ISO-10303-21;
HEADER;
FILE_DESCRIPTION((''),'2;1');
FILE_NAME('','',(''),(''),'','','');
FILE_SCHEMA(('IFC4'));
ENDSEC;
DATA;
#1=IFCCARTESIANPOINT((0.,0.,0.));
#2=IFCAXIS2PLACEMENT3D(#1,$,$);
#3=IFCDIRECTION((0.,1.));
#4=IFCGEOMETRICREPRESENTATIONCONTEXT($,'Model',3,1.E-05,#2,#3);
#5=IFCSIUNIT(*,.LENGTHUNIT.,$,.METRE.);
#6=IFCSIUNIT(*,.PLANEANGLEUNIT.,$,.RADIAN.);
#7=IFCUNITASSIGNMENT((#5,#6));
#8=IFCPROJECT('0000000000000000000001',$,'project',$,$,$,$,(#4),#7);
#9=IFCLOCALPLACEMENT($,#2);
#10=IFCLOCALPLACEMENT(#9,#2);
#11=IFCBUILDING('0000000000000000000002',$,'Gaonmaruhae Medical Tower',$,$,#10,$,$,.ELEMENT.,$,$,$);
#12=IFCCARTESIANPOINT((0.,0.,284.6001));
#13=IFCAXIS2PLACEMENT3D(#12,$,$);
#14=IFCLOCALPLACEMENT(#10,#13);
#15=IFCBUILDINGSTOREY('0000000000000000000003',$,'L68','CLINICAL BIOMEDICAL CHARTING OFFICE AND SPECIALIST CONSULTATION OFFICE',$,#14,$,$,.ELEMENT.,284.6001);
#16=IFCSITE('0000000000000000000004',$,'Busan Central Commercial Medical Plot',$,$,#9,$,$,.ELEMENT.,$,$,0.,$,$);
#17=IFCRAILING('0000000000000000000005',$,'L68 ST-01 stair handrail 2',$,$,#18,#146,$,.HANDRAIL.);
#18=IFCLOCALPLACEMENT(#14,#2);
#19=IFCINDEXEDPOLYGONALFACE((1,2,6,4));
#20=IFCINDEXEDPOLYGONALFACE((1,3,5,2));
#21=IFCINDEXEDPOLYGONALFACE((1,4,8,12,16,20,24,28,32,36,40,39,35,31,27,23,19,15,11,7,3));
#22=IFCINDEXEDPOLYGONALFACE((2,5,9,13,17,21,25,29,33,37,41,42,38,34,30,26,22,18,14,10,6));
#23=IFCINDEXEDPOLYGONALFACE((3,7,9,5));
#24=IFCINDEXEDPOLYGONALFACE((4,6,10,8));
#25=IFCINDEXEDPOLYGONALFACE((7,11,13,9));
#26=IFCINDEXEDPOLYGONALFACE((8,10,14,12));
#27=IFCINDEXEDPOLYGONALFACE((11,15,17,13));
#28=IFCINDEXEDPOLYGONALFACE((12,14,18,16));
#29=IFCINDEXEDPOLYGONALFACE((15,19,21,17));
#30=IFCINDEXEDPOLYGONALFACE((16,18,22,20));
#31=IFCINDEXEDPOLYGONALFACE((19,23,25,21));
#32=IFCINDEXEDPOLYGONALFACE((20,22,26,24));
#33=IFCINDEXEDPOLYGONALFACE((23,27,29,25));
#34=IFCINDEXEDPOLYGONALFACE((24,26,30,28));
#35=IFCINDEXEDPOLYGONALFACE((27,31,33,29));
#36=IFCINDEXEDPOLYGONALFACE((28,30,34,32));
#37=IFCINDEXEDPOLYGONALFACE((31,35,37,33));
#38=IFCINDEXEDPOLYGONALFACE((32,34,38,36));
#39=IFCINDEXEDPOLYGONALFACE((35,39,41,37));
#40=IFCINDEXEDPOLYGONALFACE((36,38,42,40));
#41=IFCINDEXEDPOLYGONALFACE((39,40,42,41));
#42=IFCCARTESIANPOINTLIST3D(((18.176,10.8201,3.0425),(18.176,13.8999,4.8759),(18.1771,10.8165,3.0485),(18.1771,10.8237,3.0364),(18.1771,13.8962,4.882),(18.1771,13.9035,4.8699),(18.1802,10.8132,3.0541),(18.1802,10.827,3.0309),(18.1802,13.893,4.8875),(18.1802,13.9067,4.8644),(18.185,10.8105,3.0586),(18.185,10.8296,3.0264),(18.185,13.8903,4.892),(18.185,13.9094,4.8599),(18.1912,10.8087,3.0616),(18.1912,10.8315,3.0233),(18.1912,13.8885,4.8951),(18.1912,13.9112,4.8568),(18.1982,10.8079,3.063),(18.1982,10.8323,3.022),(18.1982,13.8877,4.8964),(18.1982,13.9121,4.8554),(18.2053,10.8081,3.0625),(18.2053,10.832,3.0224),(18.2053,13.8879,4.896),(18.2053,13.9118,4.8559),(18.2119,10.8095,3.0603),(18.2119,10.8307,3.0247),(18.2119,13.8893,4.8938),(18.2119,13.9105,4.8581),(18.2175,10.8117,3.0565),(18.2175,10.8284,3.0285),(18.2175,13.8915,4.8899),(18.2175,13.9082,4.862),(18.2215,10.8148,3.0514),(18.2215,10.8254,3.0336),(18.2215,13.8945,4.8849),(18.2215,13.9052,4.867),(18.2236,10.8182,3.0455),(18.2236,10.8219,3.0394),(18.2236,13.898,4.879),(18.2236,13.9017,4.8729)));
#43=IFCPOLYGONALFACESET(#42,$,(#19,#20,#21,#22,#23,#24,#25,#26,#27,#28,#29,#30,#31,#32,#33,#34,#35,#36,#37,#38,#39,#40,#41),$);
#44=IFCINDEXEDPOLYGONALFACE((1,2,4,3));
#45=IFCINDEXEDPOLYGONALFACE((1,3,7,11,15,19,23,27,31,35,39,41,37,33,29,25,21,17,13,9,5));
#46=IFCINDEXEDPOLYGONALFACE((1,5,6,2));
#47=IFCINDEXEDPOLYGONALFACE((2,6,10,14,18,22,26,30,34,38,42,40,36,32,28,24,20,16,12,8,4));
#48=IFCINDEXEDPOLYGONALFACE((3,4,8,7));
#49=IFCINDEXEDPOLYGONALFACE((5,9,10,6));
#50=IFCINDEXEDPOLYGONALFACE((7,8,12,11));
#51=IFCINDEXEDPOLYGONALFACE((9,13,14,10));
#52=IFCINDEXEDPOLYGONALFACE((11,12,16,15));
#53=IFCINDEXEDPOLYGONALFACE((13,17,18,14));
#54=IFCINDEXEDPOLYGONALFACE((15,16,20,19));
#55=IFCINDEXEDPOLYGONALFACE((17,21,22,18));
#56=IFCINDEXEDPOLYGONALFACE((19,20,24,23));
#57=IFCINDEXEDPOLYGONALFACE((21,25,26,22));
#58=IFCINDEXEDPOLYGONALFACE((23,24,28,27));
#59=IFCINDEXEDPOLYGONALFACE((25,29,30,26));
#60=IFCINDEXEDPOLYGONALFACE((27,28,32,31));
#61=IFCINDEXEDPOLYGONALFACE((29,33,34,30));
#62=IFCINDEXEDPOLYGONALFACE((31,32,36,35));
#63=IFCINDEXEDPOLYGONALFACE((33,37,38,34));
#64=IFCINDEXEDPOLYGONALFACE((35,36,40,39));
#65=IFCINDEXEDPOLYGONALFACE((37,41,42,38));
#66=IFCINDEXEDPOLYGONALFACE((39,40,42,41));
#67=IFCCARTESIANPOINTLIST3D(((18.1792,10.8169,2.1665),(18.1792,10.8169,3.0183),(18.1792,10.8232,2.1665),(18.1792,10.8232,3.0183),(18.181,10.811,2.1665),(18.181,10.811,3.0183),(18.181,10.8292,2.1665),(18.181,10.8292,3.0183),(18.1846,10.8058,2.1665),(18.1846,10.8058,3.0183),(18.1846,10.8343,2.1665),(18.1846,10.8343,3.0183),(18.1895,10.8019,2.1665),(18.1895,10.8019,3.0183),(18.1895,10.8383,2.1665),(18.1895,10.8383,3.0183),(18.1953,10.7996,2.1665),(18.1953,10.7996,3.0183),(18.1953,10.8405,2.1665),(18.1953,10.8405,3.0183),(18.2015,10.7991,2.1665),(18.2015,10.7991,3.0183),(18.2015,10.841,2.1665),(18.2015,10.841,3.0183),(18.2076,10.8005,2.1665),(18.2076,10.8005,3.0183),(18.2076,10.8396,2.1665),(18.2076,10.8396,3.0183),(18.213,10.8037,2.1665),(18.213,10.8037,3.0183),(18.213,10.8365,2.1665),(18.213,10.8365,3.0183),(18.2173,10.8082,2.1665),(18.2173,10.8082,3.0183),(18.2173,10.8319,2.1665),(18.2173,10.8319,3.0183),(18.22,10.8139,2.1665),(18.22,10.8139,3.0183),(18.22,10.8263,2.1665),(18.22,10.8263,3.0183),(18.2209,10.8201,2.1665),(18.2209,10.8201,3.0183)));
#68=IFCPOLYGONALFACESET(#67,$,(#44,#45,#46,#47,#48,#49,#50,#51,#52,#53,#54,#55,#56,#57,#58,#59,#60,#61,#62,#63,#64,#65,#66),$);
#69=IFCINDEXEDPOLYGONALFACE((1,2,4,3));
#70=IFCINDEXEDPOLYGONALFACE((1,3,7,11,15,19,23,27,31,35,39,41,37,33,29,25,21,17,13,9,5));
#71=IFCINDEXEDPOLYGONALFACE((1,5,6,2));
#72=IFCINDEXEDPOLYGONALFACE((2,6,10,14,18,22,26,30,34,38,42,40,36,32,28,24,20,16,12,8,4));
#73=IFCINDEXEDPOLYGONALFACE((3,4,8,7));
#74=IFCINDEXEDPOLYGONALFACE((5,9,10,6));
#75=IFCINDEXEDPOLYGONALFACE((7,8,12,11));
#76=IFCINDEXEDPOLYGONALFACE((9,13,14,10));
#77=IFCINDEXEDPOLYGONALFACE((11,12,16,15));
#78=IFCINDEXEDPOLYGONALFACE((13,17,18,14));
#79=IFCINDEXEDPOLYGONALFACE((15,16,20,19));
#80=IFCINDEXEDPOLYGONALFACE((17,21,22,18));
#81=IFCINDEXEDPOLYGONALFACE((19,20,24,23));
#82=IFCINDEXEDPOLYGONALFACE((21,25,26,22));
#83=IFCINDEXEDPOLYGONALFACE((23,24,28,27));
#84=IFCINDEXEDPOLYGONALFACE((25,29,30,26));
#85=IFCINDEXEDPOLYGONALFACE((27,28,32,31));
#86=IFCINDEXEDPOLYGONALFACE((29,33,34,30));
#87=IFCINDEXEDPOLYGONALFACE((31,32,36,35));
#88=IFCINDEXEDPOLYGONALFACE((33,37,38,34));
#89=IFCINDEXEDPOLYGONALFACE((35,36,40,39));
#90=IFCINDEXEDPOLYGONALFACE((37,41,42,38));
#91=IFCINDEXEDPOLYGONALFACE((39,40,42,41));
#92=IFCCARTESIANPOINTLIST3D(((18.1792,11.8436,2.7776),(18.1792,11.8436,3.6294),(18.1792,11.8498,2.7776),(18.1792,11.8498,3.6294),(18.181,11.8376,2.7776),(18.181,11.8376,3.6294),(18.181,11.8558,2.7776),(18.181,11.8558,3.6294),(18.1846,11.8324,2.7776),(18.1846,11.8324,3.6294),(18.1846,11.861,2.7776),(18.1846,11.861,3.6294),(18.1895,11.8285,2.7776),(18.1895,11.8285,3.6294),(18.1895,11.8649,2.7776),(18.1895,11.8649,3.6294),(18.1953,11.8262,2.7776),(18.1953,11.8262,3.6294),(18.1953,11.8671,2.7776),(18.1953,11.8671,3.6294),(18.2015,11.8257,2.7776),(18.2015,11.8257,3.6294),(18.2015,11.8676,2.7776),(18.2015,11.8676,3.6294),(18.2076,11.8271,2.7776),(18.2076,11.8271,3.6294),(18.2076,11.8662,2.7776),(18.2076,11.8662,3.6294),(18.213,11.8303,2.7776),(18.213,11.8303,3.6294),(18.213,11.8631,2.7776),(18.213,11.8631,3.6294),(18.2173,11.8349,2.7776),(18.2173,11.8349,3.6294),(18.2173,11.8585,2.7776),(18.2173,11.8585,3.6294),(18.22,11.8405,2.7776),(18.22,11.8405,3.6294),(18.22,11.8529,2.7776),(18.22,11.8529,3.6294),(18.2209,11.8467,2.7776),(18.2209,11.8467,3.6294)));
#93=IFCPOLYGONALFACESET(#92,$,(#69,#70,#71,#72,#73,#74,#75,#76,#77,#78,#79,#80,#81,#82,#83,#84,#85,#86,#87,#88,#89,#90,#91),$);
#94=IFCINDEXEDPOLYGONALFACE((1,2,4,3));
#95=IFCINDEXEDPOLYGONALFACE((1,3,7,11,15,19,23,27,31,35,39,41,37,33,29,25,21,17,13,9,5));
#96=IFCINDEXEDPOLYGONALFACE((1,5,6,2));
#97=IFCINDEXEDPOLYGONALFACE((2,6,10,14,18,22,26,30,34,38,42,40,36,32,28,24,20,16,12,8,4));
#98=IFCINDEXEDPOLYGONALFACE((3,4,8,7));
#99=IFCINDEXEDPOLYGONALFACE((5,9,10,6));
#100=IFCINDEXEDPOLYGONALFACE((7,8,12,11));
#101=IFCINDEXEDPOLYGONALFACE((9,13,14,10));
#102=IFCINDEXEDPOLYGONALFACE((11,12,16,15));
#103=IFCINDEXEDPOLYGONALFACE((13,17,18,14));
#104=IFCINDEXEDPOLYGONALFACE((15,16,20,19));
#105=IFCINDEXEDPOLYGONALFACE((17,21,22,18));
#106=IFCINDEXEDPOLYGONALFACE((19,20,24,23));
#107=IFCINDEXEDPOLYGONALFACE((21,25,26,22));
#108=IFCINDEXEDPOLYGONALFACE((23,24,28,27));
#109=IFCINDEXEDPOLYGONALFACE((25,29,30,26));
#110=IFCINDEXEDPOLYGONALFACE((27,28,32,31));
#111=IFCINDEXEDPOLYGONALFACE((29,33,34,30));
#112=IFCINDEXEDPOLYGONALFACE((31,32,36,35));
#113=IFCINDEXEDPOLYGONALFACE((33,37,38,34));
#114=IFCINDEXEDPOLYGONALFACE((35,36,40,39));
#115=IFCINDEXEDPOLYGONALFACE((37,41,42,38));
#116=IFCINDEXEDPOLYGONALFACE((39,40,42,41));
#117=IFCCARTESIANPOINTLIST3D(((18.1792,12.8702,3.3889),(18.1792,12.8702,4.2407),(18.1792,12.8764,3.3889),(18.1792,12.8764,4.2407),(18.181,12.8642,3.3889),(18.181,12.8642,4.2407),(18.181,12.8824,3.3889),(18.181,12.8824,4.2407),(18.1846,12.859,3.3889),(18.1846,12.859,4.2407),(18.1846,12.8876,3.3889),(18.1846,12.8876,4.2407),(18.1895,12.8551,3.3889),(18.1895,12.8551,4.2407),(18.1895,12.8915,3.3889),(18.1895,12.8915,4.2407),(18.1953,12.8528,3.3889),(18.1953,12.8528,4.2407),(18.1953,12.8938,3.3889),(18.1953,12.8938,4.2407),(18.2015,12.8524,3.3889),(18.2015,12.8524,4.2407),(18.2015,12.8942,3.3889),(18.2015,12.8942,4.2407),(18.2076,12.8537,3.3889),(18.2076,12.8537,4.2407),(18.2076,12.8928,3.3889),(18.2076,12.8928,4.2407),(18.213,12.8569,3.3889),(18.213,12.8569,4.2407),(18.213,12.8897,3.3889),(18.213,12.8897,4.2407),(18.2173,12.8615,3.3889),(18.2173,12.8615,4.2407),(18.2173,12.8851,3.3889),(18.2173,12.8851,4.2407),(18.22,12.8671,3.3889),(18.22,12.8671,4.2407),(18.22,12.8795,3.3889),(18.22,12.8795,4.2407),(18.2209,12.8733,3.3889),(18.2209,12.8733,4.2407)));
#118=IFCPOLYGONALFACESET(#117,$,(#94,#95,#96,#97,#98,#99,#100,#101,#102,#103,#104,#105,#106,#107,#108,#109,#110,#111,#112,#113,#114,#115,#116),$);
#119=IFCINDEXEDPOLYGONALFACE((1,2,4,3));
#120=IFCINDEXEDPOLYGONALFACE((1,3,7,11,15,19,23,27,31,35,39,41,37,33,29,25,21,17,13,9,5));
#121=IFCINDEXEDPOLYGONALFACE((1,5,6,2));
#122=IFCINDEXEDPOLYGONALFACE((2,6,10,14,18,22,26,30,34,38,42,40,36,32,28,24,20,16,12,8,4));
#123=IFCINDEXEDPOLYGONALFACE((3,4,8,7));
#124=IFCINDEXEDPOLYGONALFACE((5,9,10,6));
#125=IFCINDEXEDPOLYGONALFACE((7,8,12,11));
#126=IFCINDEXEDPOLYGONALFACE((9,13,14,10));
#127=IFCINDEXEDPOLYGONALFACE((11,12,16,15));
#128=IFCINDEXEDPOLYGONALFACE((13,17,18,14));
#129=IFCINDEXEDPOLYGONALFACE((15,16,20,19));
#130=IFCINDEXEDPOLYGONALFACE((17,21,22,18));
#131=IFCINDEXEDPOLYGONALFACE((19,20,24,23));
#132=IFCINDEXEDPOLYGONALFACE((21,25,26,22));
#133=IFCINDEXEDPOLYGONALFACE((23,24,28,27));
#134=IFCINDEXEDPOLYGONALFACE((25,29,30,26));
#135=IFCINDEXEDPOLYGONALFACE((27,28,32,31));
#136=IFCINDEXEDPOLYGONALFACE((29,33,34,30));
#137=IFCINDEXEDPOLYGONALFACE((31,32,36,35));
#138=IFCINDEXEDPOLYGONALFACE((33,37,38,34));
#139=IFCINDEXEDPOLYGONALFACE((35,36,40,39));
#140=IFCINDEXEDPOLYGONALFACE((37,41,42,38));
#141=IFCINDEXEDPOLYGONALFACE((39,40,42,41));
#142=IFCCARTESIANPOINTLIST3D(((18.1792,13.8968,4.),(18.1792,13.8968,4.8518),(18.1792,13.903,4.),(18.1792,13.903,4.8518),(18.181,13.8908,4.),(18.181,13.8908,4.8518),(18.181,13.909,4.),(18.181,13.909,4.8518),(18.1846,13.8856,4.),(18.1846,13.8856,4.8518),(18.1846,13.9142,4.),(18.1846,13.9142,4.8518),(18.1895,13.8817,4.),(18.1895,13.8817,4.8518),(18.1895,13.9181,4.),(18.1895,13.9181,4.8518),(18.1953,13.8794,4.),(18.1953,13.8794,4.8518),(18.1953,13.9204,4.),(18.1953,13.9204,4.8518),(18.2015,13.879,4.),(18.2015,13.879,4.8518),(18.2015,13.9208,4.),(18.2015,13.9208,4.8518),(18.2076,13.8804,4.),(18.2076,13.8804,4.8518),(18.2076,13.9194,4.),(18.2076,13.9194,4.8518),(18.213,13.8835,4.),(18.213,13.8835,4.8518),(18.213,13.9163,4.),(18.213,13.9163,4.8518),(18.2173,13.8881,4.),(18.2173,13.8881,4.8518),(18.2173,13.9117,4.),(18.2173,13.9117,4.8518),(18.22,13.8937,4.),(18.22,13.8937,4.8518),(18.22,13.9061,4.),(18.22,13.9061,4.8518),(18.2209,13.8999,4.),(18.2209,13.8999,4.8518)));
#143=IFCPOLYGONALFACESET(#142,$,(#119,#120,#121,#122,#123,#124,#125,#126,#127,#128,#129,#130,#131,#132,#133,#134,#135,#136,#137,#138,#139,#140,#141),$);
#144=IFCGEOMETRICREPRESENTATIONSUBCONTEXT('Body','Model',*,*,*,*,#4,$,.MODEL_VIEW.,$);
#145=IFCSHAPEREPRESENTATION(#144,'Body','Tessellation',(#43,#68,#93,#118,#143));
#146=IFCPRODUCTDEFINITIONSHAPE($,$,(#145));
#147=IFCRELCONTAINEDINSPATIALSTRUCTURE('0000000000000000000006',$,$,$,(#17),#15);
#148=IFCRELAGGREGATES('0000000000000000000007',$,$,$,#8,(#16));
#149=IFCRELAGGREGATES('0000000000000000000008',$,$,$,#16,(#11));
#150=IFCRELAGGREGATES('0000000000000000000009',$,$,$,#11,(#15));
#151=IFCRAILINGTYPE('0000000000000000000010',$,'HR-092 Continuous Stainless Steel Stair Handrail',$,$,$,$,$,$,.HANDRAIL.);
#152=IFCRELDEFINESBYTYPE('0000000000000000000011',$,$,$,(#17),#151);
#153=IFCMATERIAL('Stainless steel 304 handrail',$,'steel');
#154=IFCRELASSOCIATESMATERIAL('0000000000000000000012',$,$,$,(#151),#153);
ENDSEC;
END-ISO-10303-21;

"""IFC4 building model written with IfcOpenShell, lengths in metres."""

from ifc_helpers import new_model, si_unit, direction, frame, origin, origin_2d, place, context, subcontext, project, spatial, circle, extrude, material, type_object, element, save


model = new_model("IFC4")

# Units and contexts
model_context = context("Model", 3, precision=1e-05, world=origin(), true_north=direction((0.0, 1.0)))
body_context = subcontext(model_context, "Body", "Model", "MODEL_VIEW")
ifc_project = project(units=[si_unit("LENGTHUNIT", "METRE"), si_unit("PLANEANGLEUNIT", "RADIAN")], contexts=[model_context])

# Site, building, storey
site_placement = place(None, origin())
site = spatial("IfcSite", under=ifc_project, at=site_placement, Name="Busan Central Commercial Medical Plot", CompositionType="ELEMENT", RefElevation=0.0)
building_placement = place(site_placement, origin())
building = spatial("IfcBuilding", under=site, at=building_placement, Name="Gaonmaruhae Medical Tower", CompositionType="ELEMENT")
storey_placement = place(building_placement, frame((0.0, 0.0, 284.6001)))
storey = spatial("IfcBuildingStorey", under=building, at=storey_placement, Name="L68", Description="CLINICAL BIOMEDICAL CHARTING OFFICE AND SPECIALIST CONSULTATION OFFICE", CompositionType="ELEMENT", Elevation=284.6001)

# Railing
ifc_material_1 = material(Name="Stainless steel 304 handrail", Category="steel")
railing_type_1 = type_object("IfcRailingType", Name="HR-092 Continuous Stainless Steel Stair Handrail", PredefinedType="HANDRAIL", material=ifc_material_1)
railing_1_placement = place(storey_placement, frame((18.2, 10.8201, 2.1665)))
element("IfcRailing", 1, at=railing_1_placement, inside=storey, type_object=railing_type_1, Name="L68 ST-01 stair handrail 2", PredefinedType="HANDRAIL", context=body_context, shape_type="SweptSolid", body=[
    extrude(circle(Radius=0.0239, at=origin_2d()), frame((0.0, 0.0, 0.876), z_axis=(0.0, 0.859261, 0.511538), x_axis=(-1.0, 0.0, 0.0)), (0.0, 0.0, 1.0), 3.5842),
    extrude(circle(Radius=0.021, at=origin_2d()), origin(), (0.0, 0.0, 1.0), 0.8518),
    extrude(circle(Radius=0.021, at=origin_2d()), frame((0.0, 1.0266, 0.6111)), (0.0, 0.0, 1.0), 0.8518),
    extrude(circle(Radius=0.021, at=origin_2d()), frame((0.0, 2.0532, 1.2224)), (0.0, 0.0, 1.0), 0.8518),
    extrude(circle(Radius=0.021, at=origin_2d()), frame((0.0, 3.0798, 1.8335)), (0.0, 0.0, 1.0), 0.8518),
])

save(model, "model.ifc")
